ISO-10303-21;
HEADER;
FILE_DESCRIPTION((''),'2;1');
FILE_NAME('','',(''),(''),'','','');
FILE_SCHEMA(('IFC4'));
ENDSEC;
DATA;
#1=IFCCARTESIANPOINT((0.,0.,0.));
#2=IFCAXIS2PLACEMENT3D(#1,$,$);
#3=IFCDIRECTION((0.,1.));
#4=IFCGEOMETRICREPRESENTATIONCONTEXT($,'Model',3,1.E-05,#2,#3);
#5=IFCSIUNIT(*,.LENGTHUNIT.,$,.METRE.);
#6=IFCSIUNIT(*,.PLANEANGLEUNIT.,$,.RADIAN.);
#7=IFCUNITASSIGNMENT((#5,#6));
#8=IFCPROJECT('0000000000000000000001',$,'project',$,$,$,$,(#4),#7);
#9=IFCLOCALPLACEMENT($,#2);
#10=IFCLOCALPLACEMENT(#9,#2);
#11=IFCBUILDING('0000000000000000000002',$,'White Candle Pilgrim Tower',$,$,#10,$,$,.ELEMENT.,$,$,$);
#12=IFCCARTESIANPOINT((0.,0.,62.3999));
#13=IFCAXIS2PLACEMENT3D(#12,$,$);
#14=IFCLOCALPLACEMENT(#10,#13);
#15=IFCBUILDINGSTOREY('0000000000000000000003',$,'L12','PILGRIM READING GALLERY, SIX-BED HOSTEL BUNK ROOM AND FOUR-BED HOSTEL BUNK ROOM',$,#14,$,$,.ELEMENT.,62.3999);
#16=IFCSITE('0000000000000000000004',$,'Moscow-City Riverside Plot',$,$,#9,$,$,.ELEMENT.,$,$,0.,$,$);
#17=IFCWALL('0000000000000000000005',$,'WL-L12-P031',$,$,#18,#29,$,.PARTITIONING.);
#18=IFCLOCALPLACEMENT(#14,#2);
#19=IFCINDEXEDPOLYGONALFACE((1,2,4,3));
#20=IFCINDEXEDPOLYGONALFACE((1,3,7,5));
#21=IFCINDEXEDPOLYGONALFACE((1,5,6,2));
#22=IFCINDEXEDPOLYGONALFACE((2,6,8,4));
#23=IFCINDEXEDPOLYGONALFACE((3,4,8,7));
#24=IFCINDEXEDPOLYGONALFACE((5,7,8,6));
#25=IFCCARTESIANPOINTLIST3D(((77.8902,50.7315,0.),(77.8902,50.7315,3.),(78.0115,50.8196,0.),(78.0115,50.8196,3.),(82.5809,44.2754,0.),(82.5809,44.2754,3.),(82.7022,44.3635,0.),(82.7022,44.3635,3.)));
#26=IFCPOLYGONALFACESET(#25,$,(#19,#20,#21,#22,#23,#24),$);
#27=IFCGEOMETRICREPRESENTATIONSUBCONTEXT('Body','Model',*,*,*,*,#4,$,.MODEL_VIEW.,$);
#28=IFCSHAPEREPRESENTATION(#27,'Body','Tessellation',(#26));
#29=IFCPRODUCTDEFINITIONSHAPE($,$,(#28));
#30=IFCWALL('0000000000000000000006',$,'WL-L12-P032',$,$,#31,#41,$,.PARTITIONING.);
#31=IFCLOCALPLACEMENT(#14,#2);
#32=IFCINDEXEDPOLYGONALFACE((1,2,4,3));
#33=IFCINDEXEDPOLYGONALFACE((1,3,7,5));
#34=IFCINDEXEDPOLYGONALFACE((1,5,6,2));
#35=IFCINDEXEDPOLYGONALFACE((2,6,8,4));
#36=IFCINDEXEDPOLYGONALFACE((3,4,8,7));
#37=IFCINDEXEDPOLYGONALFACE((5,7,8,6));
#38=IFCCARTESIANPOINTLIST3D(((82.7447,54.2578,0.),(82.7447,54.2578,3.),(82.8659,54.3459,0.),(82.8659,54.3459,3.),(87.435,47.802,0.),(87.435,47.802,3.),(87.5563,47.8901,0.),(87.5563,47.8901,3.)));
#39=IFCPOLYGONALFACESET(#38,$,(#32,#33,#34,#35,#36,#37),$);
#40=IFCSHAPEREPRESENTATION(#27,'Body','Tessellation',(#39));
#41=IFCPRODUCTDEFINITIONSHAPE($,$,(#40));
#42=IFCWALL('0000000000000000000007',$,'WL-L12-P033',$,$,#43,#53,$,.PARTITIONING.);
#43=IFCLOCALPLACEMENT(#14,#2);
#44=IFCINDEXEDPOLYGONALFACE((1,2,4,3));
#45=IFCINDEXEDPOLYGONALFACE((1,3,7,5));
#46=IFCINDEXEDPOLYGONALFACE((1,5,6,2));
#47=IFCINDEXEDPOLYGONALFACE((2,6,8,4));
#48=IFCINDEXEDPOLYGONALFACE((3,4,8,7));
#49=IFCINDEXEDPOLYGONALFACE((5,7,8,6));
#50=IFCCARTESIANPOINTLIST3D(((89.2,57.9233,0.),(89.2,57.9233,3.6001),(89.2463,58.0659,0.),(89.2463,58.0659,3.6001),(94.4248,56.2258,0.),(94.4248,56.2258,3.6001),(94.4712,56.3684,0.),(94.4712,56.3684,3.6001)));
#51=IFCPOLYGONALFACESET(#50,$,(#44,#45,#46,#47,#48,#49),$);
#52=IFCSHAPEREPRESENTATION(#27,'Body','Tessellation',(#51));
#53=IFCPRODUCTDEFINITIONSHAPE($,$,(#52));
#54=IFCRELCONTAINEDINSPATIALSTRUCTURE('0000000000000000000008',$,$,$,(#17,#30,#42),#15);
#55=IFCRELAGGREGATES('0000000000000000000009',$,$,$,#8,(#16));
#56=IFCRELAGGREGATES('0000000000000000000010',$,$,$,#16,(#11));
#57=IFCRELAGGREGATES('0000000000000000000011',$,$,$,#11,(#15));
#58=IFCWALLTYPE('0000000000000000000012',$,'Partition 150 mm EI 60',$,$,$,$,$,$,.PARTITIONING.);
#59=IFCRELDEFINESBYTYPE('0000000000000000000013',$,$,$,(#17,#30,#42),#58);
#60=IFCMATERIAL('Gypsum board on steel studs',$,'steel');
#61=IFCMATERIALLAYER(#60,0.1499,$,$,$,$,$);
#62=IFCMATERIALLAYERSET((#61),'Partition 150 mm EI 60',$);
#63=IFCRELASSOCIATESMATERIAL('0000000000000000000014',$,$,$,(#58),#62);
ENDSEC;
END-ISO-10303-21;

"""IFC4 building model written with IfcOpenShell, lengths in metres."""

from ifc_helpers import new_model, si_unit, direction, frame, frame_2d, origin, place, context, subcontext, project, spatial, rectangle, extrude, material, layer, layer_set, type_object, element, save


model = new_model("IFC4")

# Units and contexts
model_context = context("Model", 3, precision=1e-05, world=origin(), true_north=direction((0.0, 1.0)))
body_context = subcontext(model_context, "Body", "Model", "MODEL_VIEW")
ifc_project = project(units=[si_unit("LENGTHUNIT", "METRE"), si_unit("PLANEANGLEUNIT", "RADIAN")], contexts=[model_context])

# Site, building, storey
site_placement = place(None, origin())
site = spatial("IfcSite", under=ifc_project, at=site_placement, Name="Moscow-City Riverside Plot", CompositionType="ELEMENT", RefElevation=0.0)
building_placement = place(site_placement, origin())
building = spatial("IfcBuilding", under=site, at=building_placement, Name="White Candle Pilgrim Tower", CompositionType="ELEMENT")
storey_placement = place(building_placement, frame((0.0, 0.0, 62.3999)))
storey = spatial("IfcBuildingStorey", under=building, at=storey_placement, Name="L12", Description="PILGRIM READING GALLERY, SIX-BED HOSTEL BUNK ROOM AND FOUR-BED HOSTEL BUNK ROOM", CompositionType="ELEMENT", Elevation=62.3999)

# Shared definitions
ifc_material_1 = material(Name="Gypsum board on steel studs", Category="steel")

# Walls
ifc_layer_1 = layer(ifc_material_1, 0.1499)
ifc_layer_set_1 = layer_set([ifc_layer_1], Name="Partition 150 mm EI 60")
wall_type_1 = type_object("IfcWallType", Name="Partition 150 mm EI 60", PredefinedType="PARTITIONING", material=ifc_layer_set_1)
wall_1_placement = place(storey_placement, frame((82.6416, 44.3193, 0.0), z_axis=(0.0, 0.0, 1.0), x_axis=(-0.587791, 0.809012, 0.0)))
element("IfcWall", 1, at=wall_1_placement, inside=storey, type_object=wall_type_1, Name="WL-L12-P031", PredefinedType="PARTITIONING", context=body_context, shape_type="SweptSolid", body=[
    extrude(rectangle(XDim=7.9802, YDim=0.1499, at=frame_2d((3.9902, 0.0))), origin(), (0.0, 0.0, 1.0), 3.0),
])
wall_2_placement = place(storey_placement, frame((87.4956, 47.8462, 0.0), z_axis=(0.0, 0.0, 1.0), x_axis=(-0.587786, 0.809016, 0.0)))
element("IfcWall", 2, at=wall_2_placement, inside=storey, type_object=wall_type_1, Name="WL-L12-P032", PredefinedType="PARTITIONING", context=body_context, shape_type="SweptSolid", body=[
    extrude(rectangle(XDim=7.9797, YDim=0.1499, at=frame_2d((3.9897, 0.0))), origin(), (0.0, 0.0, 1.0), 3.0),
])
wall_3_placement = place(storey_placement, frame((94.448, 56.2971, 0.0), z_axis=(0.0, 0.0, 1.0), x_axis=(-0.951064, 0.308993, 0.0)))
element("IfcWall", 3, at=wall_3_placement, inside=storey, type_object=wall_type_1, Name="WL-L12-P033", PredefinedType="PARTITIONING", context=body_context, shape_type="SweptSolid", body=[
    extrude(rectangle(XDim=5.4937, YDim=0.1499, at=frame_2d((2.7468, 0.0))), origin(), (0.0, 0.0, 1.0), 3.6001),
])

save(model, "model.ifc")
